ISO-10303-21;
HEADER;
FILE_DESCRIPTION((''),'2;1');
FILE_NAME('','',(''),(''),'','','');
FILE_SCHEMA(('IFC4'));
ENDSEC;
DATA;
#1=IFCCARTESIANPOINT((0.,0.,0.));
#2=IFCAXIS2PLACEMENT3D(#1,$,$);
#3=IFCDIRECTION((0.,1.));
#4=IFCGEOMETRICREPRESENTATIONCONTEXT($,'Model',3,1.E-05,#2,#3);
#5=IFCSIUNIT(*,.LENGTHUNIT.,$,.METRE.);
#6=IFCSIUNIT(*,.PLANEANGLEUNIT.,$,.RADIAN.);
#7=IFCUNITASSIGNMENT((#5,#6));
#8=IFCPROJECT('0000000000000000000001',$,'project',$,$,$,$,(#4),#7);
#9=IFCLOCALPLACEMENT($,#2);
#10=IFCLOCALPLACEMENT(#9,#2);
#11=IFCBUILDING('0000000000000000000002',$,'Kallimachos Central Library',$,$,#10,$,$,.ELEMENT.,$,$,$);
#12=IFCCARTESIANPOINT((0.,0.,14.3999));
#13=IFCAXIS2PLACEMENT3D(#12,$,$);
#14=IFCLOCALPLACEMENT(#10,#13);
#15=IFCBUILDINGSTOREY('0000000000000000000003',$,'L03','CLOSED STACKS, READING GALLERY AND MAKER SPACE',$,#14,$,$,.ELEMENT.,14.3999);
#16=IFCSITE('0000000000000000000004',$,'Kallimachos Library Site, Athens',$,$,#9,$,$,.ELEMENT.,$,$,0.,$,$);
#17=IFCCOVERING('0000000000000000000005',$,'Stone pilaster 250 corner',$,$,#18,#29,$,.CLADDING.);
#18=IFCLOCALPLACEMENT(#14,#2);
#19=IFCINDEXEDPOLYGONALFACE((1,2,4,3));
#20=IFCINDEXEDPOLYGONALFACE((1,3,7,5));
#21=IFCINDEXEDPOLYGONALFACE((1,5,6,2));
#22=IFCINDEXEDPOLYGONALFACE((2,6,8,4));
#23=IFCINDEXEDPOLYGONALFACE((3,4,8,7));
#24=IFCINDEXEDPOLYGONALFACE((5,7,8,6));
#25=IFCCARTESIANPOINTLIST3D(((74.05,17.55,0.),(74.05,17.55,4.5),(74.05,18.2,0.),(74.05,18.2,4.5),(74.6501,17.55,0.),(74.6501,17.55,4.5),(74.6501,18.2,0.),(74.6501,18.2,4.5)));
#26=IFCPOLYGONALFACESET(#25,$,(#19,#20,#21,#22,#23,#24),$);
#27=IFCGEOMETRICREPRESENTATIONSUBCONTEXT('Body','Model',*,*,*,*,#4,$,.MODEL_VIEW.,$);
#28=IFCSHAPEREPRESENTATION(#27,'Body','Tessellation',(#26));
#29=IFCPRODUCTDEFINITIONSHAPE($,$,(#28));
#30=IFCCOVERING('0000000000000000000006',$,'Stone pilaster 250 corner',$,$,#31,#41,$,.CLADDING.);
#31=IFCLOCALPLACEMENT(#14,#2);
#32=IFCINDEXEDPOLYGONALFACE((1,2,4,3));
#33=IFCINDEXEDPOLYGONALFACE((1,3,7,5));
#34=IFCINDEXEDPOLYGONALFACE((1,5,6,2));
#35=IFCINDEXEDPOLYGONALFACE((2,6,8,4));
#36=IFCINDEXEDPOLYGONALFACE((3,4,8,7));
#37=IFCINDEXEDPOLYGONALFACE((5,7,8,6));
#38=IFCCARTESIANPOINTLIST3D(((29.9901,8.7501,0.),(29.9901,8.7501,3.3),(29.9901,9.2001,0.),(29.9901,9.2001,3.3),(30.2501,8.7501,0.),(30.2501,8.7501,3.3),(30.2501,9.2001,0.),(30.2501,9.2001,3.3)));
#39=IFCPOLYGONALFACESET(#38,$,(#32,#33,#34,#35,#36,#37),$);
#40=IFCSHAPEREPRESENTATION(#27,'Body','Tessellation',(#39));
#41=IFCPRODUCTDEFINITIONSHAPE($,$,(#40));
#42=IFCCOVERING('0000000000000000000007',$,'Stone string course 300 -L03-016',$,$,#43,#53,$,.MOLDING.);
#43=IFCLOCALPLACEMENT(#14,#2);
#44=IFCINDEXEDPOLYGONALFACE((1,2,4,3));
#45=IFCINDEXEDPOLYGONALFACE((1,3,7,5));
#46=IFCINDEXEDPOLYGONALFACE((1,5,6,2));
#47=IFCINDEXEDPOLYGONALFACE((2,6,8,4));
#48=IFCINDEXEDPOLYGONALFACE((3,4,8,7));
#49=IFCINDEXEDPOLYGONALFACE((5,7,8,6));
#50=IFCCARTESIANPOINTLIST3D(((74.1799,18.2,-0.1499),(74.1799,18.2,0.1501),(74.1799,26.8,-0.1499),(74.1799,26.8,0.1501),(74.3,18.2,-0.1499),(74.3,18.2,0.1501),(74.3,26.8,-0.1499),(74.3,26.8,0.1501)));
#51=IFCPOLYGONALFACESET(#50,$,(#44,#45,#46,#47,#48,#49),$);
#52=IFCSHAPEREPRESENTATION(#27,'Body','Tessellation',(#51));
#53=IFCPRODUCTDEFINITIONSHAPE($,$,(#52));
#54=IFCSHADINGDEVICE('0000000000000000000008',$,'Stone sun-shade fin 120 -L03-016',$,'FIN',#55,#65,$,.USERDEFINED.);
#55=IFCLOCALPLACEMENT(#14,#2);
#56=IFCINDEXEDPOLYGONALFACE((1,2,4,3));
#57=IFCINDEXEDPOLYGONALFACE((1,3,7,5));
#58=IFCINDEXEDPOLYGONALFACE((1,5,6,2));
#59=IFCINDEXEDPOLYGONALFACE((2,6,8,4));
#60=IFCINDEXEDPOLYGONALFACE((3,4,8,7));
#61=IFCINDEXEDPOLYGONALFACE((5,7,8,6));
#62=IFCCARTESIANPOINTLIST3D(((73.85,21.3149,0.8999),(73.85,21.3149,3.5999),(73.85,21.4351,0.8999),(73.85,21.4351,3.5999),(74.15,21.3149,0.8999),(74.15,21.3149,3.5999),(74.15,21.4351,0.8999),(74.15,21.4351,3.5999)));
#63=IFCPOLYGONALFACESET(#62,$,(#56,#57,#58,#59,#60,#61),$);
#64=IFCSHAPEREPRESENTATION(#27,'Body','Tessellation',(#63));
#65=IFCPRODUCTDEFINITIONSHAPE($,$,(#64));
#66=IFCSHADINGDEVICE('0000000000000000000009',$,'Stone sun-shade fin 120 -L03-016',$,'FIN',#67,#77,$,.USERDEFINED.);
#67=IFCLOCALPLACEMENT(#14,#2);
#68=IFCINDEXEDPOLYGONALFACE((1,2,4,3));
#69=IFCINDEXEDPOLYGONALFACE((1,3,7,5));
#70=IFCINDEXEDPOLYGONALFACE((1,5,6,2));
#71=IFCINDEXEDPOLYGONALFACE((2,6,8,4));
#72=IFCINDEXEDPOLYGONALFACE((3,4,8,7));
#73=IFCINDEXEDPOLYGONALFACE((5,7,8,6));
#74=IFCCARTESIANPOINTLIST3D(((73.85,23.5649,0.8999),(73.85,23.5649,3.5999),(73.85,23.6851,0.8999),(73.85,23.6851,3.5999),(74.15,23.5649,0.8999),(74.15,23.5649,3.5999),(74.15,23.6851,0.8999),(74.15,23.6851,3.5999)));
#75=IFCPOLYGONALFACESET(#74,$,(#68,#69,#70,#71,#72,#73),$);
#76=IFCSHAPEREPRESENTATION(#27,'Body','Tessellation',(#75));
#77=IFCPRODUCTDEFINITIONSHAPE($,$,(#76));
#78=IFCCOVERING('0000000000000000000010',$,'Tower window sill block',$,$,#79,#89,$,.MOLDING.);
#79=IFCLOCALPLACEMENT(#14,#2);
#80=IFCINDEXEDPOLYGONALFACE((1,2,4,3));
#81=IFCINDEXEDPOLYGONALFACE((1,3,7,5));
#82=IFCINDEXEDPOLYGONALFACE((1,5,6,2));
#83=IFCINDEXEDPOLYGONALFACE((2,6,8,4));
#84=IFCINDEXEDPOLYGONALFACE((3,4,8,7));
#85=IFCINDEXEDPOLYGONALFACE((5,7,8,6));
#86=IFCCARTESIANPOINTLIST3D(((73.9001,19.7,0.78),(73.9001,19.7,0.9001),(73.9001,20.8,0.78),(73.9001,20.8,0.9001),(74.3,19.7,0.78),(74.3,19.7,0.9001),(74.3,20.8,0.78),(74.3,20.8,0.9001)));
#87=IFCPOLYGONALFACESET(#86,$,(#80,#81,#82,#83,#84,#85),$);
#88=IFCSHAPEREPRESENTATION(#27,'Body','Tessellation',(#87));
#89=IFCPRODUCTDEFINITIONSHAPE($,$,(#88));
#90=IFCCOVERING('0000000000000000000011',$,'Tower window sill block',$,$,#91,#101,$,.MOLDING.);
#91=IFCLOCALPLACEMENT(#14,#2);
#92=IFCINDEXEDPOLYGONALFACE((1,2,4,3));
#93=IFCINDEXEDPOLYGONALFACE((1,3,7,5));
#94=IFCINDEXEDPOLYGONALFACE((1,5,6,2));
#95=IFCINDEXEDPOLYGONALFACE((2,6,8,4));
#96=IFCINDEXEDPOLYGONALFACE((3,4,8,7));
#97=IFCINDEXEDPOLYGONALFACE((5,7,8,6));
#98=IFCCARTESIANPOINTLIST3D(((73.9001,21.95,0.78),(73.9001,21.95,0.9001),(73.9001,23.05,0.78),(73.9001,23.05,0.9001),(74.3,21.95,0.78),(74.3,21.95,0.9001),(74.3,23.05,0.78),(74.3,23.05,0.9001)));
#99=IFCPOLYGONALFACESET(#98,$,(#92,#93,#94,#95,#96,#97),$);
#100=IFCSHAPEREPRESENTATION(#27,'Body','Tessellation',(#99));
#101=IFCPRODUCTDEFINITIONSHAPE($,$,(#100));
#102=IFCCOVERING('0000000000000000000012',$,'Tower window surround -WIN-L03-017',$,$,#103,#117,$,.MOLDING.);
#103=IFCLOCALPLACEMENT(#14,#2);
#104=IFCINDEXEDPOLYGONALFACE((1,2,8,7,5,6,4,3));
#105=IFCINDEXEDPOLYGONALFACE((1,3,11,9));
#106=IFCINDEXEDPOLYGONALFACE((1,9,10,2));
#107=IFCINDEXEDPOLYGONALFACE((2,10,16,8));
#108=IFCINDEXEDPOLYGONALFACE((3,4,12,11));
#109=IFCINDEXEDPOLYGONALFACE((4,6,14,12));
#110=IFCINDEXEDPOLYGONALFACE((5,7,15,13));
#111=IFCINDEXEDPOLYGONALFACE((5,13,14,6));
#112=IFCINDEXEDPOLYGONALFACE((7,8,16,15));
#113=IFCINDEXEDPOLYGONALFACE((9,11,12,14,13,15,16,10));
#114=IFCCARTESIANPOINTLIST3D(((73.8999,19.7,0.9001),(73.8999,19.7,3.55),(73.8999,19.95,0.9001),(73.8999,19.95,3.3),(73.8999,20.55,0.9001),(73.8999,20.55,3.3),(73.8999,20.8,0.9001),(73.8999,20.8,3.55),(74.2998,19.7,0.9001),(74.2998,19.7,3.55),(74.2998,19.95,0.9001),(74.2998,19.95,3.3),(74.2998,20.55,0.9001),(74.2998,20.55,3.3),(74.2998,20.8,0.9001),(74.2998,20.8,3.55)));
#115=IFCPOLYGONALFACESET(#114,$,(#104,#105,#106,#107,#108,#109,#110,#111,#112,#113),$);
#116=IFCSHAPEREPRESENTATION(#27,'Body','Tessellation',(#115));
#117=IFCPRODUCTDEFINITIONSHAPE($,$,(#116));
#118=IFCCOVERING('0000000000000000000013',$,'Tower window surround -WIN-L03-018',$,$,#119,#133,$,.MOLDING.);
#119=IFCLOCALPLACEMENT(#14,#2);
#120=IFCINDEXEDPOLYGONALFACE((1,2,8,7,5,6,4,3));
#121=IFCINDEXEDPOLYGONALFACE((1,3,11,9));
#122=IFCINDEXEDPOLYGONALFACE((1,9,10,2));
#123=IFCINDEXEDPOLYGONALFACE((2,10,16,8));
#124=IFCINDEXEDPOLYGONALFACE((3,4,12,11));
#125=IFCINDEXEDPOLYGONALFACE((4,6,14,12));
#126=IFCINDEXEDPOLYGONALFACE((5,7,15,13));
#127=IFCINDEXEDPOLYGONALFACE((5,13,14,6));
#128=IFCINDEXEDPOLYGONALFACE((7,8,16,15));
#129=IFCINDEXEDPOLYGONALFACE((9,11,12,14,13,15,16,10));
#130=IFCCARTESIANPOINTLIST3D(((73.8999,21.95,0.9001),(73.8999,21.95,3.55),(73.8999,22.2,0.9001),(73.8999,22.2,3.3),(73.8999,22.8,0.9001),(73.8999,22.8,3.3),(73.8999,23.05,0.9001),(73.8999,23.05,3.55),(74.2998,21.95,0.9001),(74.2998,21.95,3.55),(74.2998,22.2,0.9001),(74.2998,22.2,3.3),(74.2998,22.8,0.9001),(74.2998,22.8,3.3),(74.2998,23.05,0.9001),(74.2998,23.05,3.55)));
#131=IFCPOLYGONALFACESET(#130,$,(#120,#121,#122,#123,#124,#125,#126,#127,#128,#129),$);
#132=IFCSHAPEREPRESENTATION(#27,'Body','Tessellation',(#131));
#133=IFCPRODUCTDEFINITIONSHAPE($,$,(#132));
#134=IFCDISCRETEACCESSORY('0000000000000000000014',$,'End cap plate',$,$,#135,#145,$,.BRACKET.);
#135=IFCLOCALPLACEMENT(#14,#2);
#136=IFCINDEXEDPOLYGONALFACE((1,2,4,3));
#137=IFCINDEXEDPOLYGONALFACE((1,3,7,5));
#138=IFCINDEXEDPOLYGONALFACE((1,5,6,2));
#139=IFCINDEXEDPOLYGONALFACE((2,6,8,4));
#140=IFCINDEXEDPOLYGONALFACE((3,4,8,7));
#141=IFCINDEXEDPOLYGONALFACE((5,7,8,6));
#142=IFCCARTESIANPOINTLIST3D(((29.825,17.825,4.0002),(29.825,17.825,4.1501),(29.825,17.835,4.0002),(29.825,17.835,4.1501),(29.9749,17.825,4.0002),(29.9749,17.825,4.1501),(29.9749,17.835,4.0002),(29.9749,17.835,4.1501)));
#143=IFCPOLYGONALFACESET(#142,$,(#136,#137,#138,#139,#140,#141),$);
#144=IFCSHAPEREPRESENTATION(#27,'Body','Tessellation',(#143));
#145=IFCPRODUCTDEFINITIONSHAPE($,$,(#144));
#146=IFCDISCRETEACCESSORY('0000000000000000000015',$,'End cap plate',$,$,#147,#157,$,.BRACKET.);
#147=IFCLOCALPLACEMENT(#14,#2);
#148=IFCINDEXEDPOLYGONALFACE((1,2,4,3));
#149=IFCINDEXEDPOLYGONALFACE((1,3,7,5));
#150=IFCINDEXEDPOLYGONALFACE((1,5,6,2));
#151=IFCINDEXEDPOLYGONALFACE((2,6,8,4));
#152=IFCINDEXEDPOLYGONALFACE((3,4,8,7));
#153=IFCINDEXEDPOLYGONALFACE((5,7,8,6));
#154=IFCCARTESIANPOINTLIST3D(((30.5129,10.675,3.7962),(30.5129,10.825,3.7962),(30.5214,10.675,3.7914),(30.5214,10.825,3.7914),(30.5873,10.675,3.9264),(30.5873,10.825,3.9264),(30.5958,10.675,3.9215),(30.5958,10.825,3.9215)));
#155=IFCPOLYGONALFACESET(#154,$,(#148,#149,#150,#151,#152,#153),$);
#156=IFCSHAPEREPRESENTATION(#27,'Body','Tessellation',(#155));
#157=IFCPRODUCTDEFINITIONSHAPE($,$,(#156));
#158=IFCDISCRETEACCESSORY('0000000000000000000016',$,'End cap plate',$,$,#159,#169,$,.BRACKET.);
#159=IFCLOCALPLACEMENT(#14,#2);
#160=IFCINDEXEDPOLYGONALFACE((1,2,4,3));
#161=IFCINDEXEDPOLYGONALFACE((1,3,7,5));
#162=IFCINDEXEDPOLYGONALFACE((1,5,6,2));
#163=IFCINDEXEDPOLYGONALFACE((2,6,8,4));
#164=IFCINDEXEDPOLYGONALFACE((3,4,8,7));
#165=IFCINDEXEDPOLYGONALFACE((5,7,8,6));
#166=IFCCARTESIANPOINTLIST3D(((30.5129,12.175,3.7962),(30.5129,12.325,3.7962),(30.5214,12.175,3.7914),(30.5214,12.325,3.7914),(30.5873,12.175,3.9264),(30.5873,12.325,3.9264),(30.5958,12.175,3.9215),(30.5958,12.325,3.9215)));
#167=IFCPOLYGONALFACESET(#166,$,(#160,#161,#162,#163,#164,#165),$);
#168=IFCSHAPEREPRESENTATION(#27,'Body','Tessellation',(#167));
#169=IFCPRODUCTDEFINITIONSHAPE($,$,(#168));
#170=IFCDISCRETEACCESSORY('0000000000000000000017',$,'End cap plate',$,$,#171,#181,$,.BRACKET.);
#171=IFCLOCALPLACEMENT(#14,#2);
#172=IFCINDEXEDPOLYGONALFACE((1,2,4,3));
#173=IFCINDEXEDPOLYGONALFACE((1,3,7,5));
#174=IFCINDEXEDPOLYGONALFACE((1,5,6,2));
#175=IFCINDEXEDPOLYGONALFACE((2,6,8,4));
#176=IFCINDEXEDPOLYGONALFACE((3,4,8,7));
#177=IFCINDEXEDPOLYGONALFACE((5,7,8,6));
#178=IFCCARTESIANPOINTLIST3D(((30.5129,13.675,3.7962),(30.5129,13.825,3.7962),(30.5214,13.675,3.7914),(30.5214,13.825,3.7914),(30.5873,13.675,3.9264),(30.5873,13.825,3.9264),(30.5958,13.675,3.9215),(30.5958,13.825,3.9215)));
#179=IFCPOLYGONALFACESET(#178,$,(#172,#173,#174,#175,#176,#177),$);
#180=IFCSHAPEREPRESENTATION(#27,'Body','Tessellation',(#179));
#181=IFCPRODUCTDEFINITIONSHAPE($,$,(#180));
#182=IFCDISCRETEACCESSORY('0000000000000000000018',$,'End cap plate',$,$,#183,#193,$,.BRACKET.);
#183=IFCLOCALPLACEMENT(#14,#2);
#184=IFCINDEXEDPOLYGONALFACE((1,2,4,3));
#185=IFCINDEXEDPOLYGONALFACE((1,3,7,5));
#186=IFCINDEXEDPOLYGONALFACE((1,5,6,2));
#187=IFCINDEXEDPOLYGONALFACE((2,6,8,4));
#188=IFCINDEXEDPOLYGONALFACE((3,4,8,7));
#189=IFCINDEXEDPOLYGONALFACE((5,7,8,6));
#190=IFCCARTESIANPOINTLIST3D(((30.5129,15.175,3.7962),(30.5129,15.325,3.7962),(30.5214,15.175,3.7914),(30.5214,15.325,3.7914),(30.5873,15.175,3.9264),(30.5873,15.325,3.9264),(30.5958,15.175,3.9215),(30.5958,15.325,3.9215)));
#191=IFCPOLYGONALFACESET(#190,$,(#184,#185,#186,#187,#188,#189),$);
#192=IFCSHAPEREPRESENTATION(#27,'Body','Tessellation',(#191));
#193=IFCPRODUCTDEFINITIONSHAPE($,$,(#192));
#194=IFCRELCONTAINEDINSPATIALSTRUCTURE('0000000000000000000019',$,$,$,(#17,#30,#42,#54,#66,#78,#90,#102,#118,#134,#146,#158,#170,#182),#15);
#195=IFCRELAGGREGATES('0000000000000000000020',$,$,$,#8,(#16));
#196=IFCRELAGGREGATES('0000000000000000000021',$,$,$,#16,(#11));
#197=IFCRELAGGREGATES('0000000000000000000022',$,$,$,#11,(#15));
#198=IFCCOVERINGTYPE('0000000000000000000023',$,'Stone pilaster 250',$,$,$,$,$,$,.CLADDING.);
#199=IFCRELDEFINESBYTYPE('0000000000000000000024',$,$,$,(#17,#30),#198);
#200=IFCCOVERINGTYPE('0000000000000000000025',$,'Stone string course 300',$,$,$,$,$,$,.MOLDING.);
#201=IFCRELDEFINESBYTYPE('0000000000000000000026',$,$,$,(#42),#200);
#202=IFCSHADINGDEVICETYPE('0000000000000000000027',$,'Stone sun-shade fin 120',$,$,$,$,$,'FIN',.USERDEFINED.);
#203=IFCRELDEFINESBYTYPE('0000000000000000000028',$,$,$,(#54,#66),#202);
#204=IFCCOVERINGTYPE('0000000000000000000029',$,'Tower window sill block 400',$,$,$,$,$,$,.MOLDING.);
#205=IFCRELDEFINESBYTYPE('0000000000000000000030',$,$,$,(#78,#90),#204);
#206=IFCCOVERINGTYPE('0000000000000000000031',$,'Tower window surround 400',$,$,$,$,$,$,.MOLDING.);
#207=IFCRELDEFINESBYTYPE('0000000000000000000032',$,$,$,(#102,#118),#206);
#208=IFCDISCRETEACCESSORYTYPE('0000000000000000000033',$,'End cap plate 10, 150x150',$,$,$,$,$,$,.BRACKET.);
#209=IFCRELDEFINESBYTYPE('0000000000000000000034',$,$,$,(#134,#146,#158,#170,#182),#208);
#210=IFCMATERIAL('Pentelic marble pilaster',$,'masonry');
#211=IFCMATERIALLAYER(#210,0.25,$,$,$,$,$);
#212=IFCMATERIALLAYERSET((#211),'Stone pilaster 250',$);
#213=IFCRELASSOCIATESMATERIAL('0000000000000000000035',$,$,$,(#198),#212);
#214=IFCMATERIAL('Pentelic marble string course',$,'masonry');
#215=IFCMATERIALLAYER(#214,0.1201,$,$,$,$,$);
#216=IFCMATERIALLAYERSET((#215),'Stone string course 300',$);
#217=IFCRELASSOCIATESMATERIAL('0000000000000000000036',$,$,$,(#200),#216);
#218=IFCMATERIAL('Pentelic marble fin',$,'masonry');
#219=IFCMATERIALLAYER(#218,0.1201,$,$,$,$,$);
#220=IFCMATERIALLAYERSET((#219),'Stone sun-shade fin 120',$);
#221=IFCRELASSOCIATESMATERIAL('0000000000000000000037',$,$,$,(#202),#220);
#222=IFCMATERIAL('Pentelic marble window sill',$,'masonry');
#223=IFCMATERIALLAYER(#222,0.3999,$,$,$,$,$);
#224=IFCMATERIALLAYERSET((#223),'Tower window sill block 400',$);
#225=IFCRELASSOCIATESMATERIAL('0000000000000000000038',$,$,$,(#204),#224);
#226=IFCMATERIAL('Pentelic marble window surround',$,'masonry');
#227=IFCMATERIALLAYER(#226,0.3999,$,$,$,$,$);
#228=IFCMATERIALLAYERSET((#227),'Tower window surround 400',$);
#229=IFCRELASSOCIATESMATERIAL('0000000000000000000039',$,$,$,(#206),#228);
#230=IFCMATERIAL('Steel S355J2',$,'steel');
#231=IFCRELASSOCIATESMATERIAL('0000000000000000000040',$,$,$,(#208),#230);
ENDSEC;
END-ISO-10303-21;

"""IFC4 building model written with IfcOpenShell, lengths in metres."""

from ifc_helpers import new_model, si_unit, direction, frame, origin, origin_2d, place, context, subcontext, project, spatial, polyline, rectangle, outline, extrude, material, layer, layer_set, material_profile, profile_set, type_object, element, save


model = new_model("IFC4")

# Units and contexts
model_context = context("Model", 3, precision=1e-05, world=origin(), true_north=direction((0.0, 1.0)))
body_context = subcontext(model_context, "Body", "Model", "MODEL_VIEW")
ifc_project = project(units=[si_unit("LENGTHUNIT", "METRE"), si_unit("PLANEANGLEUNIT", "RADIAN")], contexts=[model_context])

# Site, building, storey
site_placement = place(None, origin())
site = spatial("IfcSite", under=ifc_project, at=site_placement, Name="Kallimachos Library Site, Athens", CompositionType="ELEMENT", RefElevation=0.0)
building_placement = place(site_placement, origin())
building = spatial("IfcBuilding", under=site, at=building_placement, Name="Kallimachos Central Library", CompositionType="ELEMENT")
storey_placement = place(building_placement, frame((0.0, 0.0, 14.3999)))
storey = spatial("IfcBuildingStorey", under=building, at=storey_placement, Name="L03", Description="CLOSED STACKS, READING GALLERY AND MAKER SPACE", CompositionType="ELEMENT", Elevation=14.3999)

# Coverings
ifc_material_1 = material(Name="Pentelic marble pilaster", Category="masonry")
ifc_layer_1 = layer(ifc_material_1, 0.25)
ifc_layer_set_1 = layer_set([ifc_layer_1], Name="Stone pilaster 250")
covering_type_1 = type_object("IfcCoveringType", Name="Stone pilaster 250", PredefinedType="CLADDING", material=ifc_layer_set_1)
covering_1_placement = place(storey_placement, frame((74.3501, 17.875, 0.0), z_axis=(0.0, 0.0, 1.0), x_axis=(1.0, 0.0, 0.0)))
element("IfcCovering", 1, at=covering_1_placement, inside=storey, type_object=covering_type_1, Name="Stone pilaster 250 corner", PredefinedType="CLADDING", context=body_context, shape_type="SweptSolid", body=[
    extrude(rectangle(XDim=0.6001, YDim=0.6499, at=origin_2d()), origin(), (0.0, 0.0, 1.0), 4.5),
])
covering_2_placement = place(storey_placement, frame((30.1201, 8.9751, 0.0), z_axis=(0.0, 0.0, 1.0), x_axis=(1.0, 0.0, 0.0)))
element("IfcCovering", 2, at=covering_2_placement, inside=storey, type_object=covering_type_1, Name="Stone pilaster 250 corner", PredefinedType="CLADDING", context=body_context, shape_type="SweptSolid", body=[
    extrude(rectangle(XDim=0.26, YDim=0.45, at=origin_2d()), origin(), (0.0, 0.0, 1.0), 3.3),
])
ifc_material_2 = material(Name="Pentelic marble string course", Category="masonry")
ifc_layer_2 = layer(ifc_material_2, 0.1201)
ifc_layer_set_2 = layer_set([ifc_layer_2], Name="Stone string course 300")
covering_type_2 = type_object("IfcCoveringType", Name="Stone string course 300", PredefinedType="MOLDING", material=ifc_layer_set_2)
covering_3_placement = place(storey_placement, frame((74.24, 22.5, -0.1499), z_axis=(0.0, 0.0, 1.0), x_axis=(1.0, 0.0, 0.0)))
element("IfcCovering", 3, at=covering_3_placement, inside=storey, type_object=covering_type_2, Name="Stone string course 300 -L03-016", PredefinedType="MOLDING", context=body_context, shape_type="SweptSolid", body=[
    extrude(rectangle(XDim=0.1201, YDim=8.6001, at=origin_2d()), origin(), (0.0, 0.0, 1.0), 0.3),
])

# Shading devices
ifc_material_3 = material(Name="Pentelic marble fin", Category="masonry")
ifc_layer_3 = layer(ifc_material_3, 0.1201)
ifc_layer_set_3 = layer_set([ifc_layer_3], Name="Stone sun-shade fin 120")
shading_device_type = type_object("IfcShadingDeviceType", Name="Stone sun-shade fin 120", ElementType="FIN", PredefinedType="USERDEFINED", material=ifc_layer_set_3)
for number, where, z_axis, x_axis, name in (
    (4, (74.0, 21.375, 0.8999), (0.0, 0.0, 1.0), (1.0, 0.0, 0.0), "Stone sun-shade fin 120 -L03-016"),
    (5, (74.0, 23.625, 0.8999), (0.0, 0.0, 1.0), (1.0, 0.0, 0.0), "Stone sun-shade fin 120 -L03-016"),
):
    element("IfcShadingDevice", number, at=place(storey_placement, frame(where, z_axis=z_axis, x_axis=x_axis)), inside=storey, type_object=shading_device_type, Name=name, ObjectType="FIN", PredefinedType="USERDEFINED", context=body_context, shape_type="SweptSolid", body=[
        extrude(rectangle(XDim=0.3, YDim=0.1201, at=origin_2d()), origin(), (0.0, 0.0, 1.0), 2.7),
    ])

# Coverings
ifc_material_4 = material(Name="Pentelic marble window sill", Category="masonry")
ifc_layer_4 = layer(ifc_material_4, 0.3999)
ifc_layer_set_4 = layer_set([ifc_layer_4], Name="Tower window sill block 400")
covering_type_3 = type_object("IfcCoveringType", Name="Tower window sill block 400", PredefinedType="MOLDING", material=ifc_layer_set_4)
for number, where, z_axis, x_axis, name in (
    (6, (74.1001, 20.25, 0.78), (0.0, 0.0, 1.0), (1.0, 0.0, 0.0), "Tower window sill block"),
    (7, (74.1001, 22.5, 0.78), (0.0, 0.0, 1.0), (1.0, 0.0, 0.0), "Tower window sill block"),
):
    element("IfcCovering", number, at=place(storey_placement, frame(where, z_axis=z_axis, x_axis=x_axis)), inside=storey, type_object=covering_type_3, Name=name, PredefinedType="MOLDING", context=body_context, shape_type="SweptSolid", body=[
        extrude(rectangle(XDim=0.3999, YDim=1.1001, at=origin_2d()), origin(), (0.0, 0.0, 1.0), 0.1201),
    ])
ifc_material_5 = material(Name="Pentelic marble window surround", Category="masonry")
ifc_layer_5 = layer(ifc_material_5, 0.3999)
ifc_layer_set_5 = layer_set([ifc_layer_5], Name="Tower window surround 400")
covering_type_4 = type_object("IfcCoveringType", Name="Tower window surround 400", PredefinedType="MOLDING", material=ifc_layer_set_5)
for number, where, z_axis, x_axis, name in (
    (8, (73.8999, 19.7, 0.9001), (-1.0, 0.0, 0.0), (0.0, 0.0, 1.0), "Tower window surround -WIN-L03-017"),
    (9, (73.8999, 21.95, 0.9001), (-1.0, 0.0, 0.0), (0.0, 0.0, 1.0), "Tower window surround -WIN-L03-018"),
):
    element("IfcCovering", number, at=place(storey_placement, frame(where, z_axis=z_axis, x_axis=x_axis)), inside=storey, type_object=covering_type_4, Name=name, PredefinedType="MOLDING", context=body_context, shape_type="SweptSolid", body=[
        extrude(outline(polyline([(0.0, 0.0), (2.6499, 0.0), (2.6499, 1.1001), (0.0, 1.1001), (0.0, 0.8501), (2.3999, 0.8501), (2.3999, 0.25), (0.0, 0.25), (0.0, 0.0)])), origin(), (0.0, 0.0, -1.0), 0.3999),
    ])

# Discrete accessories
ifc_material_6 = material(Name="Steel S355J2", Category="steel")
ifc_material_profile_1 = material_profile(ifc_material_6, rectangle(XDim=0.1499, YDim=0.1499, at=origin_2d()), Name="End cap plate 10, 150x150")
ifc_profile_set_1 = profile_set([ifc_material_profile_1], Name="Steel S355J2")
discrete_accessory_type_1 = type_object("IfcDiscreteAccessoryType", Name="End cap plate 10, 150x150", PredefinedType="BRACKET", material=ifc_profile_set_1)
discrete_accessory_placement = place(storey_placement, frame((29.8999, 17.825, 4.0752), z_axis=(0.0, 1.0, 0.0), x_axis=(-1.0, 0.0, 0.0)))
element("IfcDiscreteAccessory", 10, at=discrete_accessory_placement, inside=storey, type_object=discrete_accessory_type_1, Name="End cap plate", PredefinedType="BRACKET", context=body_context, shape_type="SweptSolid", body=[
    extrude(rectangle(XDim=0.1499, YDim=0.1499, at=origin_2d()), origin(), (0.0, 0.0, 1.0), 0.01),
])
for number, where, z_axis, x_axis, name in (
    (11, (30.5586, 10.75, 3.8564), (-0.868243, 0.0, 0.496139), (0.0, -1.0, 0.0), "End cap plate"),
    (12, (30.5586, 12.25, 3.8564), (-0.868243, 0.0, 0.496139), (0.0, -1.0, 0.0), "End cap plate"),
    (13, (30.5586, 13.75, 3.8564), (-0.868243, 0.0, 0.496139), (0.0, -1.0, 0.0), "End cap plate"),
    (14, (30.5586, 15.25, 3.8564), (-0.868243, 0.0, 0.496139), (0.0, -1.0, 0.0), "End cap plate"),
):
    element("IfcDiscreteAccessory", number, at=place(storey_placement, frame(where, z_axis=z_axis, x_axis=x_axis)), inside=storey, type_object=discrete_accessory_type_1, Name=name, PredefinedType="BRACKET", context=body_context, shape_type="SweptSolid", body=[
        extrude(rectangle(XDim=0.1499, YDim=0.1499, at=origin_2d()), origin(), (0.0, 0.0, 1.0), 0.0098),
    ])

save(model, "model.ifc")
